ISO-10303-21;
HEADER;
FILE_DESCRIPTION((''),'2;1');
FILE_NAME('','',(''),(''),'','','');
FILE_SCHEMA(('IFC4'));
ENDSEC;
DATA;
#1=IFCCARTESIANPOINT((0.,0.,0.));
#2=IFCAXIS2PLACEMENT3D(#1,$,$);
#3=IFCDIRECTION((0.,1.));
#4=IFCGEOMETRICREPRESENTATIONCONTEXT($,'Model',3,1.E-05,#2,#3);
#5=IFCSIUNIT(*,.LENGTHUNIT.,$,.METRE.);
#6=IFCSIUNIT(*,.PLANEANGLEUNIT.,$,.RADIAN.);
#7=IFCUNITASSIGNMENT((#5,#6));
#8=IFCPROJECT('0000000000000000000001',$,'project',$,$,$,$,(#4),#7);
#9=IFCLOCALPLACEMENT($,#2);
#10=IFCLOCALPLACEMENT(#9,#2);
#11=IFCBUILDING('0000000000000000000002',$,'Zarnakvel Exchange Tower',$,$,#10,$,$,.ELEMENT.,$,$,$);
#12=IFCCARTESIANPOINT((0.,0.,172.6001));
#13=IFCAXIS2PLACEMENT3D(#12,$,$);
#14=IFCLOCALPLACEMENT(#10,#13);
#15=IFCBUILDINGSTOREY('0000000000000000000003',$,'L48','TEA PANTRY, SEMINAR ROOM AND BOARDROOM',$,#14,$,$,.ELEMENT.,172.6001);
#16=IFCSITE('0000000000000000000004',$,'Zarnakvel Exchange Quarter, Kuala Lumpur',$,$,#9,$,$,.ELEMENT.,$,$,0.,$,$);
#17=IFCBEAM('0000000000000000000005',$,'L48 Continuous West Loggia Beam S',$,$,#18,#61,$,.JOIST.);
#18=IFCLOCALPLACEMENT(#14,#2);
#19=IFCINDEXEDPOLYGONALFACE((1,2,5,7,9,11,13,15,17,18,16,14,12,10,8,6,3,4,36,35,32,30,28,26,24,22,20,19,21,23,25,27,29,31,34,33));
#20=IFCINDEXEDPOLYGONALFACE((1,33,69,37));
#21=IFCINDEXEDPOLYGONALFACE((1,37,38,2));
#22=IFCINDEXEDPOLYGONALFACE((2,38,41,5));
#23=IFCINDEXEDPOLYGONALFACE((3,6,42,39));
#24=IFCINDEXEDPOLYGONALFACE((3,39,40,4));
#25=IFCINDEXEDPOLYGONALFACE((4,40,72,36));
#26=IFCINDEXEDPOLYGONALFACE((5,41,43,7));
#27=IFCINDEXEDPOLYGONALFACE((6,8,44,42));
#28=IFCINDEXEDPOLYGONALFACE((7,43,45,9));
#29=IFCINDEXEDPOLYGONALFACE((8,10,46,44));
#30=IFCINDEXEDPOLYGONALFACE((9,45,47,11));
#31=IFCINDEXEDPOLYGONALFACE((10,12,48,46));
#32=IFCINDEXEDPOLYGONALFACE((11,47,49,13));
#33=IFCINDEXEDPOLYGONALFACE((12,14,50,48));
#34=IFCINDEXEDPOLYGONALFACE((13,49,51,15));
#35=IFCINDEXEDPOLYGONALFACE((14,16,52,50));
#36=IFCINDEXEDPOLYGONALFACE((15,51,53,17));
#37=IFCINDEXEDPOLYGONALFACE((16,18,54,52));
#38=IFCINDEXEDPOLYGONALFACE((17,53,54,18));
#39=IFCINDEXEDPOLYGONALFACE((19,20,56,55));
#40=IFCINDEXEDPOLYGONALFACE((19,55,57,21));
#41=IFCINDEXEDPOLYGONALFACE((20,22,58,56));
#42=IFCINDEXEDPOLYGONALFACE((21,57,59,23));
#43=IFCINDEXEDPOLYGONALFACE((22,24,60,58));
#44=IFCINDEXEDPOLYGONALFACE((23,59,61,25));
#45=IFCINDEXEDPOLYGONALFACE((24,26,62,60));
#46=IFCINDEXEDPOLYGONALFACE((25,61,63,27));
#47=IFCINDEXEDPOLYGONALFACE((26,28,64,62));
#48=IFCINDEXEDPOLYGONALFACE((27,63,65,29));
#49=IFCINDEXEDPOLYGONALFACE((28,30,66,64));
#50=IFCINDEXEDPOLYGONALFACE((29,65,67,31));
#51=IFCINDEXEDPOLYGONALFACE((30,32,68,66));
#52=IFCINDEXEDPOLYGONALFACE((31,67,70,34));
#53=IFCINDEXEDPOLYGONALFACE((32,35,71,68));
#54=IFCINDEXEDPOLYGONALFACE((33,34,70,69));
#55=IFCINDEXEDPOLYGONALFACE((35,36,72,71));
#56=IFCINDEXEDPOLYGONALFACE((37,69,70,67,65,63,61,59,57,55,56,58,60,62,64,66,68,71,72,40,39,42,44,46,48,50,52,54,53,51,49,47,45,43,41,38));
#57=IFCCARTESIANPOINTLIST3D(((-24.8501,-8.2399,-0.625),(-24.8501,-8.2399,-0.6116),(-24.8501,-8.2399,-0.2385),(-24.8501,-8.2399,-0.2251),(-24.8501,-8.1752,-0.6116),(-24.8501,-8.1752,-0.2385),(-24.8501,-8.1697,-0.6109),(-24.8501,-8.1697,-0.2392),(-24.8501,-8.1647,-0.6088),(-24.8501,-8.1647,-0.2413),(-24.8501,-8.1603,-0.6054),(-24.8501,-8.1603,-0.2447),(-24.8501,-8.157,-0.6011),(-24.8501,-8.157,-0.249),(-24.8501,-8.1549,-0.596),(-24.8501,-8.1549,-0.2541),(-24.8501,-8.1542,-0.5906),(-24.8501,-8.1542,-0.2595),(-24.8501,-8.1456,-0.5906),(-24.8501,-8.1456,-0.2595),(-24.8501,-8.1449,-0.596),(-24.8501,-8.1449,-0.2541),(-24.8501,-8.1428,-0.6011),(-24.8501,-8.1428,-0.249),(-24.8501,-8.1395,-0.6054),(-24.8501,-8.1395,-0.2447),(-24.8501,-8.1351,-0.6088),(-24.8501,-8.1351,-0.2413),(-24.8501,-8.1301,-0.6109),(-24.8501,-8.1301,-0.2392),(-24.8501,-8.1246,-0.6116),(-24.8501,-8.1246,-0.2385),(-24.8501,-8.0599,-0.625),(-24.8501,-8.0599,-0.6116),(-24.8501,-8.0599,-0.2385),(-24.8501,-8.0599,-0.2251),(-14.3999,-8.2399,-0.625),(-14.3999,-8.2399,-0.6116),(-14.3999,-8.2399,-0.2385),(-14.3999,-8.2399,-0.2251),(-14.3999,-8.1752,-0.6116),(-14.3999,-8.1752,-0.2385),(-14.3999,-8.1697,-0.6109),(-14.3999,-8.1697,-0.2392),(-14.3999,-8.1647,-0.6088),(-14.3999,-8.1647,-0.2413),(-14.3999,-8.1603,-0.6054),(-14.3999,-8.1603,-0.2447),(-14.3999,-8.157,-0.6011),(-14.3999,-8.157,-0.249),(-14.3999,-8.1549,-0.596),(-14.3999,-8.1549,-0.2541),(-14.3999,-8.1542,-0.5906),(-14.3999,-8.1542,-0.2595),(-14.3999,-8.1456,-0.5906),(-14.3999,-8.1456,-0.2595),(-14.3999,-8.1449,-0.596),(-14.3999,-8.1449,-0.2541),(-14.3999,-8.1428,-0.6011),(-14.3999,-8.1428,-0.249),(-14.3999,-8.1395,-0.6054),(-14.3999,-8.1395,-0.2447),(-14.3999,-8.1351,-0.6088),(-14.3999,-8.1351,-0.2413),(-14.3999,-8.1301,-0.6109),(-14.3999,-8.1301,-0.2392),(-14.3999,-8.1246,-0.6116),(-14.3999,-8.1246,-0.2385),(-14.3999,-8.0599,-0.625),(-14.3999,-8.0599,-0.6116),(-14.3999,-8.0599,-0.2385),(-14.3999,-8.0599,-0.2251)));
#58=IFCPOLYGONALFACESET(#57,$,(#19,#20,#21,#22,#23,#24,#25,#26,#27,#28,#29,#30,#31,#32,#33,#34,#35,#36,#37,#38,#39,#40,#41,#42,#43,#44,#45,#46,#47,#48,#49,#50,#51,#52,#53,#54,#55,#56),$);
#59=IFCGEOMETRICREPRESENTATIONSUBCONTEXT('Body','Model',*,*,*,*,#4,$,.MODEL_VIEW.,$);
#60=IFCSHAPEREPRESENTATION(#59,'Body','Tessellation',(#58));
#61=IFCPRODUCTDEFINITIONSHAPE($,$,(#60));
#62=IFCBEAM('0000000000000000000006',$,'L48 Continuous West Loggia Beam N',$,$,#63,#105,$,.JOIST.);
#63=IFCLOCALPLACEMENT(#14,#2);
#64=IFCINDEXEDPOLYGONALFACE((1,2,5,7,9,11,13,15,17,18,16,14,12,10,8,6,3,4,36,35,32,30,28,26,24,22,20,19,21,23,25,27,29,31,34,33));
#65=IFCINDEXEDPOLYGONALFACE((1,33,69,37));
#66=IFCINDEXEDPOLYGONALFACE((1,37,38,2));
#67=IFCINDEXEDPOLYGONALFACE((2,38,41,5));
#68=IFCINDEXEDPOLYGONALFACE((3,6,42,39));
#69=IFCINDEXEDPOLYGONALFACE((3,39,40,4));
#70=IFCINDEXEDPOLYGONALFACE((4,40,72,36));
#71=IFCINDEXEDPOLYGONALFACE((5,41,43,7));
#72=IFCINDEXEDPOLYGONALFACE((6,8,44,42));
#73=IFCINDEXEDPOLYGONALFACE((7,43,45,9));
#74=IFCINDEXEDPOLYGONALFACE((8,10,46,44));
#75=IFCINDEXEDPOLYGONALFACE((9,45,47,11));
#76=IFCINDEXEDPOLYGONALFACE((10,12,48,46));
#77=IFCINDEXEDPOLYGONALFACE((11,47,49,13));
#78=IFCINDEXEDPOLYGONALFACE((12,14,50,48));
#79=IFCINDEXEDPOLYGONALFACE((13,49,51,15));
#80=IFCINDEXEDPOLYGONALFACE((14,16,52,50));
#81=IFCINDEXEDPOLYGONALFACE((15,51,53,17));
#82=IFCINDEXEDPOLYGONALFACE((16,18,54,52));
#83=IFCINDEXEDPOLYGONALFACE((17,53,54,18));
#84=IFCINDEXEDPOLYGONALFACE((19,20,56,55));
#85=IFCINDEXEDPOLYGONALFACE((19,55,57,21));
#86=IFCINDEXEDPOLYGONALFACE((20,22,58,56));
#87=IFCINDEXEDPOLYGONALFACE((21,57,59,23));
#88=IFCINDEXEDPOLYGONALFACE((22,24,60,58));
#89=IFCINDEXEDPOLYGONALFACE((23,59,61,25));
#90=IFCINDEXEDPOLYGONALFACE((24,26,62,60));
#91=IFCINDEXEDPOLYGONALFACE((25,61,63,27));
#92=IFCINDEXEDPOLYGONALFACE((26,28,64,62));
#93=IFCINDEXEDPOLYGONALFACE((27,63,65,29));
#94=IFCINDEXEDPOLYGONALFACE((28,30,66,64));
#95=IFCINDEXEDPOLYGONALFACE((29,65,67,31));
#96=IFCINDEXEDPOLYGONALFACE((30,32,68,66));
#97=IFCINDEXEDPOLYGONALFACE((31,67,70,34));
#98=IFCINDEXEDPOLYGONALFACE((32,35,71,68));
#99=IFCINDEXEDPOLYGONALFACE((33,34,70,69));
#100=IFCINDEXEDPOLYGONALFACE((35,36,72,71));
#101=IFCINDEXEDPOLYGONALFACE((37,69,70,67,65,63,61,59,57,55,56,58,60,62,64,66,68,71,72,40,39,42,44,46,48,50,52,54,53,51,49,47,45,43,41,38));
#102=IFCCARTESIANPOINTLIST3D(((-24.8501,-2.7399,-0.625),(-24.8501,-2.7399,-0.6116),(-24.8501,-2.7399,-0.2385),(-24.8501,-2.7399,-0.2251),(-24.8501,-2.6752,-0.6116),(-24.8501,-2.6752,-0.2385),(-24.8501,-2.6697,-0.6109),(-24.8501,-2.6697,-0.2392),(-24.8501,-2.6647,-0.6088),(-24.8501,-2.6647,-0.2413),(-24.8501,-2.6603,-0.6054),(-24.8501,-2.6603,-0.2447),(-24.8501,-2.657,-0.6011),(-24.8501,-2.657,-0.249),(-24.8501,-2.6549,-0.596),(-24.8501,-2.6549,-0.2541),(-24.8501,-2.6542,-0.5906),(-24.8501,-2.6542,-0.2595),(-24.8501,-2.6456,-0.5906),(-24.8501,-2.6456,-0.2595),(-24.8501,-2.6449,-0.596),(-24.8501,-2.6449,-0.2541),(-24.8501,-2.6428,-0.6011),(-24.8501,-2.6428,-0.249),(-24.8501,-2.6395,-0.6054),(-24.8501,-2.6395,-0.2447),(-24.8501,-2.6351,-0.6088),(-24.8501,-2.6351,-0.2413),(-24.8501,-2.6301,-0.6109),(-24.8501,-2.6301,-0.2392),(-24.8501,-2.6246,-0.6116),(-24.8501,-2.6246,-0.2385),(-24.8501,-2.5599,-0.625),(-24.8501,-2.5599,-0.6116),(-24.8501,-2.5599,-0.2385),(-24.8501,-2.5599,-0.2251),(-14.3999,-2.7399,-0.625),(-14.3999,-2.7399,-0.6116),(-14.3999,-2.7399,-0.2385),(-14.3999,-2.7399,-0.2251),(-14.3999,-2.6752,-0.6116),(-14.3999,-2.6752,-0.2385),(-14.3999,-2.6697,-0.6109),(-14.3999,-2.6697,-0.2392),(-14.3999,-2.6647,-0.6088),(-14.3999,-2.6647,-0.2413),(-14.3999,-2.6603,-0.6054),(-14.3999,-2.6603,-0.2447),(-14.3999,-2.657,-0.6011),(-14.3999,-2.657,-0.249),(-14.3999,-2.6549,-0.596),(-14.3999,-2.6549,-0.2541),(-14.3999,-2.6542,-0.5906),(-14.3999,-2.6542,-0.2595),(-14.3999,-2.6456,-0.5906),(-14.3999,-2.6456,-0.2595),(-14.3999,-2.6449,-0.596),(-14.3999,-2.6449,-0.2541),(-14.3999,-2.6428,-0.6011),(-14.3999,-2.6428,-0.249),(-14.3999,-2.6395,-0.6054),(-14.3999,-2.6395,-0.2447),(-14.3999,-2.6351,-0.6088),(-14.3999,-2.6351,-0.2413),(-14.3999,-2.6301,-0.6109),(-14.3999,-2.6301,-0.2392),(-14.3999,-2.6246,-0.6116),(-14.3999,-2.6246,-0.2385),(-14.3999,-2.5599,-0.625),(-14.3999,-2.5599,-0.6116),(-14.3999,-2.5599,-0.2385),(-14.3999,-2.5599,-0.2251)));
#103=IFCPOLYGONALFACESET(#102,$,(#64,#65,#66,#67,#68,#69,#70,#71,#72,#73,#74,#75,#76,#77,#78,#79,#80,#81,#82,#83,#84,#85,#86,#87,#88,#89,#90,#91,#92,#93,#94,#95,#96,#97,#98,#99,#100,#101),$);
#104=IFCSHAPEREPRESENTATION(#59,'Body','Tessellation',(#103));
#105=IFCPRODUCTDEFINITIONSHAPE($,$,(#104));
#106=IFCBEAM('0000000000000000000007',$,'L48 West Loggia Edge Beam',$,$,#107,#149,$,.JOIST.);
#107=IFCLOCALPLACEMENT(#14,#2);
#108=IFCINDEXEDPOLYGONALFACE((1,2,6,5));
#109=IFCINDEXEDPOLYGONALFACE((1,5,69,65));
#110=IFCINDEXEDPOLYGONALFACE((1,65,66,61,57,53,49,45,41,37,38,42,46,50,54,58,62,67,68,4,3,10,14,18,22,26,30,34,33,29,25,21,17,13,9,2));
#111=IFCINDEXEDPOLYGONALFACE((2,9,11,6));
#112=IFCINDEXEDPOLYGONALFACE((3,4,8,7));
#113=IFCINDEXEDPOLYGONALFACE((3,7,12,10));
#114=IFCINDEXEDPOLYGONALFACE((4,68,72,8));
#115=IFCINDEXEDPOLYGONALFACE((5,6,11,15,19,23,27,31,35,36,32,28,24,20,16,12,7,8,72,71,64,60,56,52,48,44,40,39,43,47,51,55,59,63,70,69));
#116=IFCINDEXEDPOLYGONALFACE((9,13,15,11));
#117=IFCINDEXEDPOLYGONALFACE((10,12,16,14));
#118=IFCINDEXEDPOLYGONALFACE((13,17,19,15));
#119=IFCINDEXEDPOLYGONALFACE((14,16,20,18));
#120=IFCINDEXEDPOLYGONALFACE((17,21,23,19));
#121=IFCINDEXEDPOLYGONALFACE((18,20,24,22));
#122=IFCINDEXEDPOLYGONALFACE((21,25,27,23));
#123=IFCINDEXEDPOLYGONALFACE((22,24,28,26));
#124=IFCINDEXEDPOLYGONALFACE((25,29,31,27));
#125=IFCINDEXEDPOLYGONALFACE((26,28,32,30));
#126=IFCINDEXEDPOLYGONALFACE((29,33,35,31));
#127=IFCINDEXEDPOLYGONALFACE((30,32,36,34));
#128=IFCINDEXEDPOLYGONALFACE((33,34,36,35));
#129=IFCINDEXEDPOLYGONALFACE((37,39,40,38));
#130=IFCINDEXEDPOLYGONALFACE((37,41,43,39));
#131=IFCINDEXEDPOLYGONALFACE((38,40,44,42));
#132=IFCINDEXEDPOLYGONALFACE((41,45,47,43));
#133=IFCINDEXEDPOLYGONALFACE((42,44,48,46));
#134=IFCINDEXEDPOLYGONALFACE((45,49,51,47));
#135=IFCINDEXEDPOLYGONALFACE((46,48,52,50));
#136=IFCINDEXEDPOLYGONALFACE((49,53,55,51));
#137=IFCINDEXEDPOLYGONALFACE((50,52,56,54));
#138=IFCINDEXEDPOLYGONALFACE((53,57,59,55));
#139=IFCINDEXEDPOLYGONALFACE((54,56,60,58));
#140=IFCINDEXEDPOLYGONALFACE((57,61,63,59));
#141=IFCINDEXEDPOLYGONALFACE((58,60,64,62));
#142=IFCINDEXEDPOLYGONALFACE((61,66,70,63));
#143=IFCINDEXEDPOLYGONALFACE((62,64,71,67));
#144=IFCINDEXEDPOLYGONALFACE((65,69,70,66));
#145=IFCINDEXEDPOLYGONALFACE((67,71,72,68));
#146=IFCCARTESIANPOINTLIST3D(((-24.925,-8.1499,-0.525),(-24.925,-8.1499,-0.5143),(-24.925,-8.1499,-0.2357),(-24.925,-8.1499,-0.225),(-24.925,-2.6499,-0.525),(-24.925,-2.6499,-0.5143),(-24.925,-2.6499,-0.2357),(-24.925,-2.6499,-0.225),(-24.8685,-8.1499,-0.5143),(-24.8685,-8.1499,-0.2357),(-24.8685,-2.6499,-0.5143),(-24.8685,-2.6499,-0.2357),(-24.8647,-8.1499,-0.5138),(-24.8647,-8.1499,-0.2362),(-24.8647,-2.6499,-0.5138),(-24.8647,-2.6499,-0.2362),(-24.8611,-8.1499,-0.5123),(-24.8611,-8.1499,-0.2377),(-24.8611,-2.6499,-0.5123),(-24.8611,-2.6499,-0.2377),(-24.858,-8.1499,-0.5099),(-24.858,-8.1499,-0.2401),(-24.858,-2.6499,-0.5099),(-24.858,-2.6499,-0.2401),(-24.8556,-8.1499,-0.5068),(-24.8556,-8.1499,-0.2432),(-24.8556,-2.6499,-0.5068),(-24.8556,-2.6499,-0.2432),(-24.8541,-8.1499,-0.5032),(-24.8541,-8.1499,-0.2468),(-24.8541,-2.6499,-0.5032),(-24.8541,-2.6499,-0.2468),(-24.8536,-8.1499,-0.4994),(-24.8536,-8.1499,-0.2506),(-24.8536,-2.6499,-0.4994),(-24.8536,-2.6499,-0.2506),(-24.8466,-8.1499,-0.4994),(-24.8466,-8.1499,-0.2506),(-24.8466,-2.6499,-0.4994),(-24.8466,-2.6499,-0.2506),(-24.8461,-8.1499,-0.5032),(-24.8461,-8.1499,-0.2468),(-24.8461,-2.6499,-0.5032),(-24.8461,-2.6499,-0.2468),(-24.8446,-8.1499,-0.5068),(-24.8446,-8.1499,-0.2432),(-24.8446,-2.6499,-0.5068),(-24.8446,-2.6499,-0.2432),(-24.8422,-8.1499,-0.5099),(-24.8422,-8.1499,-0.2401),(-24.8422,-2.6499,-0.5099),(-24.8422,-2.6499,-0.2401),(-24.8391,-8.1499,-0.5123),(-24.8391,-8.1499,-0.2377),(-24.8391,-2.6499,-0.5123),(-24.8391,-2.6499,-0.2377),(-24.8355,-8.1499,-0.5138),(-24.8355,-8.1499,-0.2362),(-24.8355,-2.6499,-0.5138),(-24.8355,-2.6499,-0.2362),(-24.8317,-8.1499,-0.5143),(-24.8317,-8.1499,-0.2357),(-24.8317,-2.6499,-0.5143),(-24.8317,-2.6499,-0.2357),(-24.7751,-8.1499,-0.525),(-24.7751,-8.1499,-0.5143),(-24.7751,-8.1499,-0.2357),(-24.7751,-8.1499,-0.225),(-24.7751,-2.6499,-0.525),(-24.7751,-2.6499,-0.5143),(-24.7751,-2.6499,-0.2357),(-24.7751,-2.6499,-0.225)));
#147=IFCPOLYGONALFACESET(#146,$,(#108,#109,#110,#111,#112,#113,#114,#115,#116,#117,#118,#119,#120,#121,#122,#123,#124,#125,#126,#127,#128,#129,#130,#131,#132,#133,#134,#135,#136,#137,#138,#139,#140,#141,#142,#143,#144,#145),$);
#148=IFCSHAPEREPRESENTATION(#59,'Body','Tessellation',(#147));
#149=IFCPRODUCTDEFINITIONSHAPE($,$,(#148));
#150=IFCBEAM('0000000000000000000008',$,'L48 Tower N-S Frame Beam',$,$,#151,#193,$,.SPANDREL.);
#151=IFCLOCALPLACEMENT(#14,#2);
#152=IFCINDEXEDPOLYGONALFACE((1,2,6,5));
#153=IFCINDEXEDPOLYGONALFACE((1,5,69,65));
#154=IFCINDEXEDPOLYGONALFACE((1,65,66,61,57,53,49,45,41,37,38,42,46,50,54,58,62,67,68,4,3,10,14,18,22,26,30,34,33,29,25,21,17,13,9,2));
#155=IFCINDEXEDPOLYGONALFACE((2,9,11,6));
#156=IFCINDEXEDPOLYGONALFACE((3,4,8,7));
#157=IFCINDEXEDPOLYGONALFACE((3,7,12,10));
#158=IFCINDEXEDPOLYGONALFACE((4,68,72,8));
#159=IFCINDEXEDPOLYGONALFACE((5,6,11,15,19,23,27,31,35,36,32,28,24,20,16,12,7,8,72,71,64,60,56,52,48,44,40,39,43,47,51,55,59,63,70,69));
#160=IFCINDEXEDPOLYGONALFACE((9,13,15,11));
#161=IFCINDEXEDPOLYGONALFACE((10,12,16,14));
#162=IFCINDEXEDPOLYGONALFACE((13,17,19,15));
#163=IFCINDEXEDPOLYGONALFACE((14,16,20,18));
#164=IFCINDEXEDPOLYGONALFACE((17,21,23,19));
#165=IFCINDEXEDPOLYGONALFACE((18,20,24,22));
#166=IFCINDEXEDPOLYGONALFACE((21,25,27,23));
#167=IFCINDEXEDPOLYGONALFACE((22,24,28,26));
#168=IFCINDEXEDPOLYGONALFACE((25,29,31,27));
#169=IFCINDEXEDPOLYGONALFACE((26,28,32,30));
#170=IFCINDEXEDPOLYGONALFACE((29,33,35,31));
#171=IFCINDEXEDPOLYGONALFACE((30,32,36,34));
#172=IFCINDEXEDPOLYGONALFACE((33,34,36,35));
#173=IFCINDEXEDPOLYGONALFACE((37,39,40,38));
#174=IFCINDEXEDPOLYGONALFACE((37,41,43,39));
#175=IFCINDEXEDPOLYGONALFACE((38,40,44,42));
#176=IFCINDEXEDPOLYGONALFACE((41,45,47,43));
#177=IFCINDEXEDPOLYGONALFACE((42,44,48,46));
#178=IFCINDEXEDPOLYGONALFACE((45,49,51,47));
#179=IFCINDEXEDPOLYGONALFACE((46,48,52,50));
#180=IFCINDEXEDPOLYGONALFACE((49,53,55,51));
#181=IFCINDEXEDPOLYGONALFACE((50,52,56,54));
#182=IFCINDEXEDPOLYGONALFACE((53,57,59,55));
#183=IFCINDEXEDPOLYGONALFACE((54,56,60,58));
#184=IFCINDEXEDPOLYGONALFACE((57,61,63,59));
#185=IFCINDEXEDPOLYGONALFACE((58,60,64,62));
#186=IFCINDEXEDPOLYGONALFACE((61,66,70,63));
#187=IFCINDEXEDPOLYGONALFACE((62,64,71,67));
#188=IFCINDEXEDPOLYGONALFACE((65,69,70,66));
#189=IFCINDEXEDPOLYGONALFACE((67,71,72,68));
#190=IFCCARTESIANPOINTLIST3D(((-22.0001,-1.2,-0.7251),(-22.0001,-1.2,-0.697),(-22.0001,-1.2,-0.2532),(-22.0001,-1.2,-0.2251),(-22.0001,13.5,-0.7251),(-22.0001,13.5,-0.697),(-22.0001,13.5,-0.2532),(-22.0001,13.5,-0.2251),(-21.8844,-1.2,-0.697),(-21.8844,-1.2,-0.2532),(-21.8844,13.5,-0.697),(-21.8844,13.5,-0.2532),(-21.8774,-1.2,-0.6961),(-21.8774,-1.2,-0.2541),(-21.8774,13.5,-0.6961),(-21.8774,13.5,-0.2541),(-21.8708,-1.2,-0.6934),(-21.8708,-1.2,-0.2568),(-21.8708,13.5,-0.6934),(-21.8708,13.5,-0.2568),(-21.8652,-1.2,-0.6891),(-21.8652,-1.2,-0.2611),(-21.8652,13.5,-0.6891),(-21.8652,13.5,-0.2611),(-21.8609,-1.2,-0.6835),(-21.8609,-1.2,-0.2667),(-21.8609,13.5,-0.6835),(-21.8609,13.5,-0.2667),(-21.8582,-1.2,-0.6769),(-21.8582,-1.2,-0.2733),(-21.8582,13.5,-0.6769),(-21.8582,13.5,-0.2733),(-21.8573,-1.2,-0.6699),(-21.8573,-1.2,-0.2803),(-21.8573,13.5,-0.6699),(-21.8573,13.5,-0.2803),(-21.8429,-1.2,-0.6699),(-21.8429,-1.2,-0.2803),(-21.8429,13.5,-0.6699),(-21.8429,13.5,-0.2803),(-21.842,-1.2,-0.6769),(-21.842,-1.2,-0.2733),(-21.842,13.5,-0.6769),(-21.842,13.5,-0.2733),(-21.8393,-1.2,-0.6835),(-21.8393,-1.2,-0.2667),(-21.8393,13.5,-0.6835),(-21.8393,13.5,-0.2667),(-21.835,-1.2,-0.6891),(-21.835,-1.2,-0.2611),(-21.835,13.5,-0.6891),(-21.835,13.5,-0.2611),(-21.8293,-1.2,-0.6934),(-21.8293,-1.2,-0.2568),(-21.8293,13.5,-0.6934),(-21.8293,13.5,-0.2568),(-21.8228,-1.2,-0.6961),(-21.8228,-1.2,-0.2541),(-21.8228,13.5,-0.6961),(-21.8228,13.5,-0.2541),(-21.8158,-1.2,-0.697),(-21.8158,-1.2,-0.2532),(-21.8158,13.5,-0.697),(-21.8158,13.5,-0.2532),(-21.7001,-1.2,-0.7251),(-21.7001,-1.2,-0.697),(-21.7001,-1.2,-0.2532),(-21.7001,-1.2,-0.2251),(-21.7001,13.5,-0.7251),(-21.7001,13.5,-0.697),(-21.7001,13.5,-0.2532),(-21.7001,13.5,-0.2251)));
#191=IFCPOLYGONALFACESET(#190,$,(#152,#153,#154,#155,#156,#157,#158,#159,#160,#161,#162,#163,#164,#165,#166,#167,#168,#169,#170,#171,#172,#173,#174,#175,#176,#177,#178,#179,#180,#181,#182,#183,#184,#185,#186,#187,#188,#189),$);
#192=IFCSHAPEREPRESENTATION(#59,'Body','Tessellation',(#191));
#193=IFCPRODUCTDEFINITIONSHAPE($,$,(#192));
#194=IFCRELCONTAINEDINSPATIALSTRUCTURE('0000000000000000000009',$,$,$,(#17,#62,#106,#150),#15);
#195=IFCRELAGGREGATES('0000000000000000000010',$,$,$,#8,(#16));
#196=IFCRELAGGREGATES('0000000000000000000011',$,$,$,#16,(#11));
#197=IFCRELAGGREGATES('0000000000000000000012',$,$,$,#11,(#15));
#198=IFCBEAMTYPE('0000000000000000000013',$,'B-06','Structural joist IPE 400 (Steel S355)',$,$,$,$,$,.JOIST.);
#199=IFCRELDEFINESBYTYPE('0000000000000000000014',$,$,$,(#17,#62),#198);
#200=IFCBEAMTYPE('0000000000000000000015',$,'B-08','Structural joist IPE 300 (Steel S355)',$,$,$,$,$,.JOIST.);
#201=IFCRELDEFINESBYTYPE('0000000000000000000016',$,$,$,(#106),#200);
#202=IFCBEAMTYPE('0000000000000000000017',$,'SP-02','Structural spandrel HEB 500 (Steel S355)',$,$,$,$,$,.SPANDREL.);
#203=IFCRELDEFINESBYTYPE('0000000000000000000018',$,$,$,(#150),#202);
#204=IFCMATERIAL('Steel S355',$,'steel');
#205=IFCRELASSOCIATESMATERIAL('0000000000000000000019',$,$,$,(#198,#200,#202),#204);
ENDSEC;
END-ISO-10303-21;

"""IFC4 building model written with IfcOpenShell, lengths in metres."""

from ifc_helpers import new_model, si_unit, direction, frame, origin, origin_2d, place, context, subcontext, project, spatial, i_section, extrude, material, material_profile, profile_set, type_object, element, save


model = new_model("IFC4")

# Units and contexts
model_context = context("Model", 3, precision=1e-05, world=origin(), true_north=direction((0.0, 1.0)))
body_context = subcontext(model_context, "Body", "Model", "MODEL_VIEW")
ifc_project = project(units=[si_unit("LENGTHUNIT", "METRE"), si_unit("PLANEANGLEUNIT", "RADIAN")], contexts=[model_context])

# Site, building, storey
site_placement = place(None, origin())
site = spatial("IfcSite", under=ifc_project, at=site_placement, Name="Zarnakvel Exchange Quarter, Kuala Lumpur", CompositionType="ELEMENT", RefElevation=0.0)
building_placement = place(site_placement, origin())
building = spatial("IfcBuilding", under=site, at=building_placement, Name="Zarnakvel Exchange Tower", CompositionType="ELEMENT")
storey_placement = place(building_placement, frame((0.0, 0.0, 172.6001)))
storey = spatial("IfcBuildingStorey", under=building, at=storey_placement, Name="L48", Description="TEA PANTRY, SEMINAR ROOM AND BOARDROOM", CompositionType="ELEMENT", Elevation=172.6001)

# Shared definitions
ifc_material_1 = material(Name="Steel S355", Category="steel")

# Beams
ifc_material_profile_1 = material_profile(ifc_material_1, i_section(OverallWidth=0.1799, OverallDepth=0.3999, WebThickness=0.0085, FlangeThickness=0.0134, FilletRadius=0.021, at=origin_2d()))
ifc_profile_set_1 = profile_set([ifc_material_profile_1], Name="Steel S355")
beam_type_1 = type_object("IfcBeamType", Name="B-06", Description="Structural joist IPE 400 (Steel S355)", PredefinedType="JOIST", material=ifc_profile_set_1)
for number, where, z_axis, x_axis, name in (
    (1, (-14.3999, -8.1499, -0.425), (-1.0, 0.0, 0.0), (0.0, -1.0, 0.0), "L48 Continuous West Loggia Beam S"),
    (2, (-14.3999, -2.6499, -0.425), (-1.0, 0.0, 0.0), (0.0, -1.0, 0.0), "L48 Continuous West Loggia Beam N"),
):
    element("IfcBeam", number, at=place(storey_placement, frame(where, z_axis=z_axis, x_axis=x_axis)), inside=storey, type_object=beam_type_1, Name=name, PredefinedType="JOIST", context=body_context, shape_type="SweptSolid", body=[
        extrude(i_section(OverallWidth=0.1799, OverallDepth=0.3999, WebThickness=0.0085, FlangeThickness=0.0134, FilletRadius=0.021, at=origin_2d()), origin(), (0.0, 0.0, 1.0), 10.4502),
    ])
ifc_material_profile_2 = material_profile(ifc_material_1, i_section(OverallWidth=0.1499, OverallDepth=0.3, WebThickness=0.0071, FlangeThickness=0.0107, FilletRadius=0.0149, at=origin_2d()))
ifc_profile_set_2 = profile_set([ifc_material_profile_2], Name="Steel S355")
beam_type_2 = type_object("IfcBeamType", Name="B-08", Description="Structural joist IPE 300 (Steel S355)", PredefinedType="JOIST", material=ifc_profile_set_2)
beam_1_placement = place(storey_placement, frame((-24.8501, -8.1499, -0.375), z_axis=(0.0, 1.0, 0.0), x_axis=(-1.0, 0.0, 0.0)))
element("IfcBeam", 3, at=beam_1_placement, inside=storey, type_object=beam_type_2, Name="L48 West Loggia Edge Beam", PredefinedType="JOIST", context=body_context, shape_type="SweptSolid", body=[
    extrude(i_section(OverallWidth=0.1499, OverallDepth=0.3, WebThickness=0.0071, FlangeThickness=0.0107, FilletRadius=0.0149, at=origin_2d()), origin(), (0.0, 0.0, 1.0), 5.5),
])
ifc_material_profile_3 = material_profile(ifc_material_1, i_section(OverallWidth=0.3, OverallDepth=0.5, WebThickness=0.0144, FlangeThickness=0.0281, FilletRadius=0.0271, at=origin_2d()))
ifc_profile_set_3 = profile_set([ifc_material_profile_3], Name="Steel S355")
beam_type_3 = type_object("IfcBeamType", Name="SP-02", Description="Structural spandrel HEB 500 (Steel S355)", PredefinedType="SPANDREL", material=ifc_profile_set_3)
beam_2_placement = place(storey_placement, frame((-21.8501, -1.2, -0.4751), z_axis=(0.0, 1.0, 0.0), x_axis=(-1.0, 0.0, 0.0)))
element("IfcBeam", 4, at=beam_2_placement, inside=storey, type_object=beam_type_3, Name="L48 Tower N-S Frame Beam", PredefinedType="SPANDREL", context=body_context, shape_type="SweptSolid", body=[
    extrude(i_section(OverallWidth=0.3, OverallDepth=0.5, WebThickness=0.0144, FlangeThickness=0.0281, FilletRadius=0.0271, at=origin_2d()), origin(), (0.0, 0.0, 1.0), 14.7),
])

save(model, "model.ifc")
